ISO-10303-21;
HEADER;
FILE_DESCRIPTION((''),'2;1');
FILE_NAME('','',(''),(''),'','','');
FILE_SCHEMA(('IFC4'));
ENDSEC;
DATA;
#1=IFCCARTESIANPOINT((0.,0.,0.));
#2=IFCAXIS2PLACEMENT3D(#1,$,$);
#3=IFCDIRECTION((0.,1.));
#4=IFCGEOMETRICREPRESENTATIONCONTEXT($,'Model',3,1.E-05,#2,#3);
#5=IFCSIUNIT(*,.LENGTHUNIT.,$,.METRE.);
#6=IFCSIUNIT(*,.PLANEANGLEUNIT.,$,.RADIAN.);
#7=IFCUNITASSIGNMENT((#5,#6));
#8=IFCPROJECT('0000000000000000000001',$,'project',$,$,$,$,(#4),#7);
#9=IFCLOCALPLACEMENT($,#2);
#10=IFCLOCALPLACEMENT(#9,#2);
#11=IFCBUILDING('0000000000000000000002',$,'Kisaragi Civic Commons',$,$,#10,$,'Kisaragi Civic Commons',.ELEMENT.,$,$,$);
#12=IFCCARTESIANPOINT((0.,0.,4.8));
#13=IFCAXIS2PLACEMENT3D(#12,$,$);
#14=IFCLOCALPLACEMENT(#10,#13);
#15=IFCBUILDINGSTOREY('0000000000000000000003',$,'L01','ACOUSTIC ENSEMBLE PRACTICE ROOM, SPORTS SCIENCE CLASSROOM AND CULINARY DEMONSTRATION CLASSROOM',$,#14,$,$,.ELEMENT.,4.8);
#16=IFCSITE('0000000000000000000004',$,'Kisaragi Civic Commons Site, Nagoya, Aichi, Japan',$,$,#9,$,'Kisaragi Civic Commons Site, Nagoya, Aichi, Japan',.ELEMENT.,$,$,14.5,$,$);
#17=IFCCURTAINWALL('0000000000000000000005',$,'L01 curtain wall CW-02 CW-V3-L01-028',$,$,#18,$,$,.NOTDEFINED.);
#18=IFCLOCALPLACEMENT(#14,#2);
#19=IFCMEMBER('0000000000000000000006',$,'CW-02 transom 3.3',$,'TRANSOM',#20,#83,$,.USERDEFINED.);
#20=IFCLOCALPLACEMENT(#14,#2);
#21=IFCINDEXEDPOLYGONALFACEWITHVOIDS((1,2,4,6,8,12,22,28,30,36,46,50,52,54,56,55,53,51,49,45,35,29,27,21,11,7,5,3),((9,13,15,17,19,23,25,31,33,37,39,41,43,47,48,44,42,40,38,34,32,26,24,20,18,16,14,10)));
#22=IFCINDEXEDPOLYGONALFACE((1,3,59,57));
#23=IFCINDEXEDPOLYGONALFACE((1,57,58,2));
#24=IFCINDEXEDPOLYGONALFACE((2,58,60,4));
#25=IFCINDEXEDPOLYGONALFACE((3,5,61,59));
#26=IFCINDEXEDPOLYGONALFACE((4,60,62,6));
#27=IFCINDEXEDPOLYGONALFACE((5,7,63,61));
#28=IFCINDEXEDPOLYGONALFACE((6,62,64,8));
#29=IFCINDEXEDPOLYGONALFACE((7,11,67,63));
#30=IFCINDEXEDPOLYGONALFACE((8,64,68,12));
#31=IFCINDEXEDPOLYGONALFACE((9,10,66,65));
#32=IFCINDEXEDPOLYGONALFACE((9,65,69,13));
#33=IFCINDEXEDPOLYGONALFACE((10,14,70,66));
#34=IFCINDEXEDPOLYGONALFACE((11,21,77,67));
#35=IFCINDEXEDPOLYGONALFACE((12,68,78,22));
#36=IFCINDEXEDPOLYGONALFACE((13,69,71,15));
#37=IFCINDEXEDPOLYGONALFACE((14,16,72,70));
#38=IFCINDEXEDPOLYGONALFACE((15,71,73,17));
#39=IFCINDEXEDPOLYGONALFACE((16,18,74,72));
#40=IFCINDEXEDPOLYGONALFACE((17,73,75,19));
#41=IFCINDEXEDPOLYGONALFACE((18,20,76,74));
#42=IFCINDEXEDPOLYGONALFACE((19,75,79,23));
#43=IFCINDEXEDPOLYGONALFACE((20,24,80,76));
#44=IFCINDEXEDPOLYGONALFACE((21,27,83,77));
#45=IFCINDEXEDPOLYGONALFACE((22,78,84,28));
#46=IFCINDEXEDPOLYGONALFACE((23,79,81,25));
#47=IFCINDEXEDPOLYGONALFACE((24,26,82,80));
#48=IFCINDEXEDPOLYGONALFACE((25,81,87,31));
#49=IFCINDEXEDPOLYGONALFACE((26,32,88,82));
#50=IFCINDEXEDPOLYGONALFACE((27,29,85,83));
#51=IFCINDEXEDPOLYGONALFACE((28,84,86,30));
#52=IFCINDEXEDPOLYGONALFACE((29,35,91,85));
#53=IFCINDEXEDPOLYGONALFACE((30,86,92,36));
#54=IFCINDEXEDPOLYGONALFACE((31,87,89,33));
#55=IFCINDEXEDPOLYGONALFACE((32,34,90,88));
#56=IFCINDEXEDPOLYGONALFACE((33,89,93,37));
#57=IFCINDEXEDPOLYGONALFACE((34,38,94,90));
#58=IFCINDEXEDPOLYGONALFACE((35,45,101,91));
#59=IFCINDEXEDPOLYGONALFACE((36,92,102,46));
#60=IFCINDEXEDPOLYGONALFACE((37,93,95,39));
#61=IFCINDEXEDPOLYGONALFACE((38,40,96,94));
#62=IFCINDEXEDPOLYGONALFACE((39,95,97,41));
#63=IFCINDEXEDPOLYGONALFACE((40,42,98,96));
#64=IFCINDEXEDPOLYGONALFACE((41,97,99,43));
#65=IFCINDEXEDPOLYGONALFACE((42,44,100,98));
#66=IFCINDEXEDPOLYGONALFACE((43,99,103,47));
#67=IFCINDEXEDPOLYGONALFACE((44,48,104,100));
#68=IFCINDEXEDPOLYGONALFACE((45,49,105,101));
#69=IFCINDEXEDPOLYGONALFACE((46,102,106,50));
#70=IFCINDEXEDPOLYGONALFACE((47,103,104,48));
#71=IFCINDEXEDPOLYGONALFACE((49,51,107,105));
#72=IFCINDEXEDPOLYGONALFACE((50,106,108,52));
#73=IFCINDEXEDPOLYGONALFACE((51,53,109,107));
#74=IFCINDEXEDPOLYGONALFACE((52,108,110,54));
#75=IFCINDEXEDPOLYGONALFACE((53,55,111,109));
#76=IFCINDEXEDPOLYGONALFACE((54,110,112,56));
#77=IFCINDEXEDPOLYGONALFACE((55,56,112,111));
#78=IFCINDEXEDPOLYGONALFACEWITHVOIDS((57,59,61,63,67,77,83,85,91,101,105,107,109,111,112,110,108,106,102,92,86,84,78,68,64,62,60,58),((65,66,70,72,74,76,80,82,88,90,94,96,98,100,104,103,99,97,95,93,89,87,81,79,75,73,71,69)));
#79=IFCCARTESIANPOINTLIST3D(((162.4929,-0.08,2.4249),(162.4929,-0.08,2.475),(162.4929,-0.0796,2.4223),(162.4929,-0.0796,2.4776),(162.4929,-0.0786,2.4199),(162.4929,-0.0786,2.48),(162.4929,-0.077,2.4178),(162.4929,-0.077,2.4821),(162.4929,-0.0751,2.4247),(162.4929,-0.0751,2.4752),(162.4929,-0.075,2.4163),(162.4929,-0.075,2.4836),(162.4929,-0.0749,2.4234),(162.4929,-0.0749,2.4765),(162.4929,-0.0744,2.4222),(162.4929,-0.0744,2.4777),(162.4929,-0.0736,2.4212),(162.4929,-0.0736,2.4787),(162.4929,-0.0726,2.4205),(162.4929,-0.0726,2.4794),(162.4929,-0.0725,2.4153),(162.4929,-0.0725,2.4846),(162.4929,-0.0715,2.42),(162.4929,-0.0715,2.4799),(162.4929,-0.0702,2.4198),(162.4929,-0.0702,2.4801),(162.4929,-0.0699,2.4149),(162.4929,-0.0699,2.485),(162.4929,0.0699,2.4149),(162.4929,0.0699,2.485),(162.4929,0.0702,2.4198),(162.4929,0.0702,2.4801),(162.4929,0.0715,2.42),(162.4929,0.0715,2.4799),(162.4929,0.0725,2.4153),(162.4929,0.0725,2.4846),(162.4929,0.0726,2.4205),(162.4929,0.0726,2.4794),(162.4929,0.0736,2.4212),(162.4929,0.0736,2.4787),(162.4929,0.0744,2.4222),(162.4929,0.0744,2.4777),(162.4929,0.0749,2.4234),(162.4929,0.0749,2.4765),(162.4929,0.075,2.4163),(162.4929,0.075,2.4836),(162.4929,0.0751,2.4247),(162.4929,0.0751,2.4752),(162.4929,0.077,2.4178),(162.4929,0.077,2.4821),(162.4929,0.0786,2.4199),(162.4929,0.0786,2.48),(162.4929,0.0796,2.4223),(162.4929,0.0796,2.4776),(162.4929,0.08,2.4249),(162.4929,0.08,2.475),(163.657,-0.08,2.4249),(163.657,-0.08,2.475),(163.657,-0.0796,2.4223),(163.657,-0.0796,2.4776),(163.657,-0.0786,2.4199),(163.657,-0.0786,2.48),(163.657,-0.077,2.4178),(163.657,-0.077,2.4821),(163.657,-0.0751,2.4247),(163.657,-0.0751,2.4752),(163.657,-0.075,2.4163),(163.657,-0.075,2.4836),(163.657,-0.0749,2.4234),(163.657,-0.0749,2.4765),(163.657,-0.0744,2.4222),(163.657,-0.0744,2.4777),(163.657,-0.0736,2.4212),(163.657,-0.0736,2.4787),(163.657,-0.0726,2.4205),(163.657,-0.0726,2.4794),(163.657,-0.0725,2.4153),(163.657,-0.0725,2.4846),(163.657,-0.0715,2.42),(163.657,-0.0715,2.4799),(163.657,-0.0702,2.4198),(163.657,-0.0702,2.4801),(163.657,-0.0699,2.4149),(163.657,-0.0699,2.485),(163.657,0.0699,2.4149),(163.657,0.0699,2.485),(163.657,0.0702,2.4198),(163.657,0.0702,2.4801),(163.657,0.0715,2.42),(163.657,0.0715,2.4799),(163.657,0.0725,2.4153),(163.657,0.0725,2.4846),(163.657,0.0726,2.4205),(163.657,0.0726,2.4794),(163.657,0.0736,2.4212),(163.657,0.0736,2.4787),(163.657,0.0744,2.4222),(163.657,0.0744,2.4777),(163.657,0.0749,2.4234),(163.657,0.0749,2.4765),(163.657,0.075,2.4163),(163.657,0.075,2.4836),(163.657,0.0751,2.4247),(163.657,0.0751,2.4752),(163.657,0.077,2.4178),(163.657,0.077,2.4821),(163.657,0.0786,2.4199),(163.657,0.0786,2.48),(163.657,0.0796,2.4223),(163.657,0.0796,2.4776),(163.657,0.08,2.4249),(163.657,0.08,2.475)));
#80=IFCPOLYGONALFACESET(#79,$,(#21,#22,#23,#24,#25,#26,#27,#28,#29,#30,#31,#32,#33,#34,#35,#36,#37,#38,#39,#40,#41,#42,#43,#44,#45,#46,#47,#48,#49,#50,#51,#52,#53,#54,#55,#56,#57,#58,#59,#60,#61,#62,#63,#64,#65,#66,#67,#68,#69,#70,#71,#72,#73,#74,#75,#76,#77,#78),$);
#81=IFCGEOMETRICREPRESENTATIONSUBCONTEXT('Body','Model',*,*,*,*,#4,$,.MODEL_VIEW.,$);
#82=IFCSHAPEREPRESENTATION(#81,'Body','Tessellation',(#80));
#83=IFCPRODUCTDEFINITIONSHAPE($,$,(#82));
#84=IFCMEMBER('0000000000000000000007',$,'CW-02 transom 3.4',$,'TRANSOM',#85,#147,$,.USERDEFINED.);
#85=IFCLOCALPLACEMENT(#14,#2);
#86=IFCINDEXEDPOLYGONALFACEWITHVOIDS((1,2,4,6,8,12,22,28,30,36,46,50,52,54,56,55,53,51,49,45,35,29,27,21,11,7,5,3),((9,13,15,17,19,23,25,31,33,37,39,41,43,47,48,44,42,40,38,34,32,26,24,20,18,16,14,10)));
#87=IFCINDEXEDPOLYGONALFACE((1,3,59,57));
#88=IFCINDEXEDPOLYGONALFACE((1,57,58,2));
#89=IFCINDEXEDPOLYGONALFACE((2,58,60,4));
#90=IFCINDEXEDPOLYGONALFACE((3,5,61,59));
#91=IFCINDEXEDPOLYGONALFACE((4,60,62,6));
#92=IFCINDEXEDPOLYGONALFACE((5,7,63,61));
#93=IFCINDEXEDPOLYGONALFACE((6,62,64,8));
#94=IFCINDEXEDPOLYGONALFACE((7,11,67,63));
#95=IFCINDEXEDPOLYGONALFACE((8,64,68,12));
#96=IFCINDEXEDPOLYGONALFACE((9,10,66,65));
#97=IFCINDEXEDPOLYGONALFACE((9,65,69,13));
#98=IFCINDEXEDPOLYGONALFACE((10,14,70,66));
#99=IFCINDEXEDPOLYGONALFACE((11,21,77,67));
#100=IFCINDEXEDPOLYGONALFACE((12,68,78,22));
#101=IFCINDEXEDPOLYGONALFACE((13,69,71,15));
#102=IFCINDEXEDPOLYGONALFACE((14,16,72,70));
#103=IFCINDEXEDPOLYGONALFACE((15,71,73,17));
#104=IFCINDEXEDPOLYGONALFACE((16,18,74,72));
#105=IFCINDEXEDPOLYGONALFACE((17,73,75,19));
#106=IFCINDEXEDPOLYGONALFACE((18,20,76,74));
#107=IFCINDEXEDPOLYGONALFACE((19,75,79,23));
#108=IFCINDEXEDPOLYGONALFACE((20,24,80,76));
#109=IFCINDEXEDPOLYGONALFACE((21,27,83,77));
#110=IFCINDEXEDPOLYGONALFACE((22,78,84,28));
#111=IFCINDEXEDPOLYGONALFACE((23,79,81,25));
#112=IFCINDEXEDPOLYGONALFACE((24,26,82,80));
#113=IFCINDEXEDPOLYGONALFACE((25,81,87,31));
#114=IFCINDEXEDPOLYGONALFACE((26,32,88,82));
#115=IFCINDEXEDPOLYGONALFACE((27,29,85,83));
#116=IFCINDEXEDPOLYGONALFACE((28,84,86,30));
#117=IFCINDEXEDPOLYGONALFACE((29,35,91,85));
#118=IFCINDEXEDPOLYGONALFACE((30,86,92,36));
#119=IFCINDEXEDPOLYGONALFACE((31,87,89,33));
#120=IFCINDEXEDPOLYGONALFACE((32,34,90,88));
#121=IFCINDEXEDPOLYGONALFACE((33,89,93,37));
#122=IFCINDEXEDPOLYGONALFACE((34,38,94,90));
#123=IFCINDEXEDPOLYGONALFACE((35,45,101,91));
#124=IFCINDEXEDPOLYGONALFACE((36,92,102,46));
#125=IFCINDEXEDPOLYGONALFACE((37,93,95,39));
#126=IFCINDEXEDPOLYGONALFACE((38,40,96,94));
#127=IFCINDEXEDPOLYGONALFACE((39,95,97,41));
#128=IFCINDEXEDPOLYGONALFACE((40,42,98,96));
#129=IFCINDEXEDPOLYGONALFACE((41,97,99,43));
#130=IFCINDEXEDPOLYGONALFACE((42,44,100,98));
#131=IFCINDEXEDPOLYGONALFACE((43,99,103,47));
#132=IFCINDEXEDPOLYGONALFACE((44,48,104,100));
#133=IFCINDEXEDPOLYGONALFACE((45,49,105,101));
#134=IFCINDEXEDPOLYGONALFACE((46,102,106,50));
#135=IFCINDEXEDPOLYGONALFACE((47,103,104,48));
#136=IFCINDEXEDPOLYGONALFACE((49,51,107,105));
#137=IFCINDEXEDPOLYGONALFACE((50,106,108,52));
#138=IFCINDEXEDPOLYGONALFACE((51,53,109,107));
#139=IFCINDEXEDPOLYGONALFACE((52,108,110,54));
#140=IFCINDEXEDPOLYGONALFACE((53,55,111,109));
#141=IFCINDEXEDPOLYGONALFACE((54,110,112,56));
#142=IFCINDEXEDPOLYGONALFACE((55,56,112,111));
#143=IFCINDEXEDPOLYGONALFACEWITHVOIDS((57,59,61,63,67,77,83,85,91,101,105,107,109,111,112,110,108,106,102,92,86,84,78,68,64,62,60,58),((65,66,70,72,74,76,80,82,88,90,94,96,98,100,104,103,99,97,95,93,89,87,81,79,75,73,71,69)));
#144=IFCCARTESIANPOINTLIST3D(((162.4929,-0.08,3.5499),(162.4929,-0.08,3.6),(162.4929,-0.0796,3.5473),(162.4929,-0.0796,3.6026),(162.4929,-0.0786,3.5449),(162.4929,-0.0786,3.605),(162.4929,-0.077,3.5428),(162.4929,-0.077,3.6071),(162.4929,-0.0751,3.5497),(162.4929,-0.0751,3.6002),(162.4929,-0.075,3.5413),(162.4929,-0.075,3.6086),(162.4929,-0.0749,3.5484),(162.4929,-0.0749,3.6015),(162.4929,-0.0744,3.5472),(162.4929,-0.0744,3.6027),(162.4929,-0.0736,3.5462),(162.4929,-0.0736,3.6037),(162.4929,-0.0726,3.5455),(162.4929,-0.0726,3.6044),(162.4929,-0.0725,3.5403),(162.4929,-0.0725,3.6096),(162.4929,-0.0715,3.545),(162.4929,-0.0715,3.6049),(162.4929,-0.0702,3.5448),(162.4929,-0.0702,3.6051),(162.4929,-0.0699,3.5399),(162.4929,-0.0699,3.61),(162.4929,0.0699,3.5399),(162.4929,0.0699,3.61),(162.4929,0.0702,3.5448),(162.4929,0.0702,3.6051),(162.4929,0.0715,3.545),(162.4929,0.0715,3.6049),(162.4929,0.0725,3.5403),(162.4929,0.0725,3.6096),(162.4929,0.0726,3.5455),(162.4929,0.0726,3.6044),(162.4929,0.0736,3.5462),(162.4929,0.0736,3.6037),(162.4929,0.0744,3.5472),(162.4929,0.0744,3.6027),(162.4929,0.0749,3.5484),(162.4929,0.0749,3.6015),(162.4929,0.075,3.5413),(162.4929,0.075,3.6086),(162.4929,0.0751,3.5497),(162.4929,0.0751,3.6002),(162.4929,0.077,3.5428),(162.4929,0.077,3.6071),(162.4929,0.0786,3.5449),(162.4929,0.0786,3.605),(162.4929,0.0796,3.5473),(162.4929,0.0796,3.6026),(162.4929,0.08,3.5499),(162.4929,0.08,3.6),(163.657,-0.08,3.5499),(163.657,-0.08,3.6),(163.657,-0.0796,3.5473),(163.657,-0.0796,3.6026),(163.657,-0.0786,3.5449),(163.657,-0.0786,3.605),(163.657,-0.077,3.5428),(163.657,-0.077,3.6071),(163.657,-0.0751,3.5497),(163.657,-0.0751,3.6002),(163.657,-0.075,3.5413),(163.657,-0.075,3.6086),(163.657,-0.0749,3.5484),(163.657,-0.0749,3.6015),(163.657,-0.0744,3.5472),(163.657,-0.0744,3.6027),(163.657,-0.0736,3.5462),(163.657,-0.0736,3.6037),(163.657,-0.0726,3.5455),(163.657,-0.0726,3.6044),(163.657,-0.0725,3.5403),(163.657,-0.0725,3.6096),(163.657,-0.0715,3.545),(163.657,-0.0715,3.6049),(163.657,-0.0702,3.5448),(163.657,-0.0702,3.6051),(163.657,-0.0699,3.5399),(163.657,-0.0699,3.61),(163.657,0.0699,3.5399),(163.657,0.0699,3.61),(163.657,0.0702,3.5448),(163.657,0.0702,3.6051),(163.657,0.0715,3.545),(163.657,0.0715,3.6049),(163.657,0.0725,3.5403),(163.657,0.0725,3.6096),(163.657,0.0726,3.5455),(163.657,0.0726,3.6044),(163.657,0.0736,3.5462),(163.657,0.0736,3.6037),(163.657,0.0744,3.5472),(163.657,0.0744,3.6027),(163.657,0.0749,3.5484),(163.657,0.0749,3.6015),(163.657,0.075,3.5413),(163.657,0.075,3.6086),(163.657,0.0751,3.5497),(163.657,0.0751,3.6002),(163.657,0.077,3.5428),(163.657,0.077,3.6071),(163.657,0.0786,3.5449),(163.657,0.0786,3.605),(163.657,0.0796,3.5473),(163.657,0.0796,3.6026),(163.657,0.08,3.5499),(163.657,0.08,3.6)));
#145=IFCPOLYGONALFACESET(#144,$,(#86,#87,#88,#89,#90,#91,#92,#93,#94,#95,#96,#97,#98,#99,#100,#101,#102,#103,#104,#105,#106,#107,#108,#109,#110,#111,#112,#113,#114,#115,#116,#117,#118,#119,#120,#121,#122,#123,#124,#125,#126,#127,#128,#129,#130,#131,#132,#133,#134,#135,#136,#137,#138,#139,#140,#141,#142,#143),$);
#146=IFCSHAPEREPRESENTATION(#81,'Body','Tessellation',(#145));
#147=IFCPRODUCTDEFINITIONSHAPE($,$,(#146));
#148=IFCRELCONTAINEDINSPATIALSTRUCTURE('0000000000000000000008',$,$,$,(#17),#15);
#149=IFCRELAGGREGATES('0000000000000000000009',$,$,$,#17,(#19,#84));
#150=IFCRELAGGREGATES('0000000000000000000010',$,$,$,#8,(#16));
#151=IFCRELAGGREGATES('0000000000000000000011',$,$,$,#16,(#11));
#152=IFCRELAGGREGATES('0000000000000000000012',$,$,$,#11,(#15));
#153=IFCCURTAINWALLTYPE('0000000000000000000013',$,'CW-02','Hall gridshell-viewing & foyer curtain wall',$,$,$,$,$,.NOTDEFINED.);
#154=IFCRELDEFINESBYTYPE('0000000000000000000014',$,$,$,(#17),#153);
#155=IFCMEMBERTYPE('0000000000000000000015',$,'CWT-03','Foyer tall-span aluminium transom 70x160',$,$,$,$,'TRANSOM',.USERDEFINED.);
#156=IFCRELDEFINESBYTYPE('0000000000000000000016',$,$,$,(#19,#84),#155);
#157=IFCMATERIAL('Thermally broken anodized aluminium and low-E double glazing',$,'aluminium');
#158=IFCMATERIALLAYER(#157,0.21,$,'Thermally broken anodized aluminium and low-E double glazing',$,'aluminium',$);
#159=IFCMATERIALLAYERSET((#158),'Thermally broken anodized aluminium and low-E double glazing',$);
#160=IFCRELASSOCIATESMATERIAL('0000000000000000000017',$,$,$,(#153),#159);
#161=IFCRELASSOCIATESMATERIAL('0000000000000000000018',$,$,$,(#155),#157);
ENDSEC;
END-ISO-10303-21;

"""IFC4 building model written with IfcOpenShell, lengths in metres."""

from ifc_helpers import new_model, si_unit, direction, frame, origin, origin_2d, place, context, subcontext, project, spatial, hollow_rectangle, extrude, material, layer, layer_set, material_profile, profile_set, type_object, element, aggregate, save


model = new_model("IFC4")

# Units and contexts
model_context = context("Model", 3, precision=1e-05, world=origin(), true_north=direction((0.0, 1.0)))
body_context = subcontext(model_context, "Body", "Model", "MODEL_VIEW")
ifc_project = project(units=[si_unit("LENGTHUNIT", "METRE"), si_unit("PLANEANGLEUNIT", "RADIAN")], contexts=[model_context])

# Site, building, storey
site_placement = place(None, origin())
site = spatial("IfcSite", under=ifc_project, at=site_placement, Name="Kisaragi Civic Commons Site, Nagoya, Aichi, Japan", LongName="Kisaragi Civic Commons Site, Nagoya, Aichi, Japan", CompositionType="ELEMENT", RefElevation=14.5)
building_placement = place(site_placement, origin())
building = spatial("IfcBuilding", under=site, at=building_placement, Name="Kisaragi Civic Commons", LongName="Kisaragi Civic Commons", CompositionType="ELEMENT")
storey_placement = place(building_placement, frame((0.0, 0.0, 4.8)))
storey = spatial("IfcBuildingStorey", under=building, at=storey_placement, Name="L01", Description="ACOUSTIC ENSEMBLE PRACTICE ROOM, SPORTS SCIENCE CLASSROOM AND CULINARY DEMONSTRATION CLASSROOM", CompositionType="ELEMENT", Elevation=4.8)

# Curtain wall, members
ifc_material_1 = material(Name="Thermally broken anodized aluminium and low-E double glazing", Category="aluminium")
ifc_layer_1 = layer(ifc_material_1, 0.21, Name="Thermally broken anodized aluminium and low-E double glazing", Category="aluminium")
ifc_layer_set_1 = layer_set([ifc_layer_1], Name="Thermally broken anodized aluminium and low-E double glazing")
curtain_wall_type = type_object("IfcCurtainWallType", Name="CW-02", Description="Hall gridshell-viewing & foyer curtain wall", PredefinedType="NOTDEFINED", material=ifc_layer_set_1)
curtain_wall_placement = place(storey_placement, origin())
curtain_wall = element("IfcCurtainWall", 1, at=curtain_wall_placement, inside=storey, type_object=curtain_wall_type, Name="L01 curtain wall CW-02 CW-V3-L01-028", PredefinedType="NOTDEFINED")
ifc_material_profile_1 = material_profile(ifc_material_1, hollow_rectangle(XDim=0.1599, YDim=0.0701, WallThickness=0.0049, InnerFilletRadius=0.0049, OuterFilletRadius=0.01, at=origin_2d()), Name="CWT-70x160x5", Category="aluminium")
ifc_profile_set_1 = profile_set([ifc_material_profile_1], Name="Thermally broken anodized aluminium and low-E double glazing")
member_type_1 = type_object("IfcMemberType", Name="CWT-03", Description="Foyer tall-span aluminium transom 70x160", ElementType="TRANSOM", PredefinedType="USERDEFINED", material=ifc_profile_set_1)
member_1_placement = place(storey_placement, frame((163.657, 0.0, 2.45), z_axis=(-1.0, 0.0, 0.0), x_axis=(0.0, -1.0, 0.0)))
member_1 = element("IfcMember", 2, at=member_1_placement, type_object=member_type_1, Name="CW-02 transom 3.3", ObjectType="TRANSOM", PredefinedType="USERDEFINED", context=body_context, shape_type="SweptSolid", body=[
    extrude(hollow_rectangle(XDim=0.1599, YDim=0.0701, WallThickness=0.0049, InnerFilletRadius=0.0049, OuterFilletRadius=0.01, at=origin_2d()), origin(), (0.0, 0.0, 1.0), 1.1641),
])
member_2_placement = place(storey_placement, frame((163.657, 0.0, 3.575), z_axis=(-1.0, 0.0, 0.0), x_axis=(0.0, -1.0, 0.0)))
member_2 = element("IfcMember", 3, at=member_2_placement, type_object=member_type_1, Name="CW-02 transom 3.4", ObjectType="TRANSOM", PredefinedType="USERDEFINED", context=body_context, shape_type="SweptSolid", body=[
    extrude(hollow_rectangle(XDim=0.1599, YDim=0.0701, WallThickness=0.0049, InnerFilletRadius=0.0049, OuterFilletRadius=0.01, at=origin_2d()), origin(), (0.0, 0.0, 1.0), 1.1641),
])
aggregate(curtain_wall, [member_1, member_2])

save(model, "model.ifc")
